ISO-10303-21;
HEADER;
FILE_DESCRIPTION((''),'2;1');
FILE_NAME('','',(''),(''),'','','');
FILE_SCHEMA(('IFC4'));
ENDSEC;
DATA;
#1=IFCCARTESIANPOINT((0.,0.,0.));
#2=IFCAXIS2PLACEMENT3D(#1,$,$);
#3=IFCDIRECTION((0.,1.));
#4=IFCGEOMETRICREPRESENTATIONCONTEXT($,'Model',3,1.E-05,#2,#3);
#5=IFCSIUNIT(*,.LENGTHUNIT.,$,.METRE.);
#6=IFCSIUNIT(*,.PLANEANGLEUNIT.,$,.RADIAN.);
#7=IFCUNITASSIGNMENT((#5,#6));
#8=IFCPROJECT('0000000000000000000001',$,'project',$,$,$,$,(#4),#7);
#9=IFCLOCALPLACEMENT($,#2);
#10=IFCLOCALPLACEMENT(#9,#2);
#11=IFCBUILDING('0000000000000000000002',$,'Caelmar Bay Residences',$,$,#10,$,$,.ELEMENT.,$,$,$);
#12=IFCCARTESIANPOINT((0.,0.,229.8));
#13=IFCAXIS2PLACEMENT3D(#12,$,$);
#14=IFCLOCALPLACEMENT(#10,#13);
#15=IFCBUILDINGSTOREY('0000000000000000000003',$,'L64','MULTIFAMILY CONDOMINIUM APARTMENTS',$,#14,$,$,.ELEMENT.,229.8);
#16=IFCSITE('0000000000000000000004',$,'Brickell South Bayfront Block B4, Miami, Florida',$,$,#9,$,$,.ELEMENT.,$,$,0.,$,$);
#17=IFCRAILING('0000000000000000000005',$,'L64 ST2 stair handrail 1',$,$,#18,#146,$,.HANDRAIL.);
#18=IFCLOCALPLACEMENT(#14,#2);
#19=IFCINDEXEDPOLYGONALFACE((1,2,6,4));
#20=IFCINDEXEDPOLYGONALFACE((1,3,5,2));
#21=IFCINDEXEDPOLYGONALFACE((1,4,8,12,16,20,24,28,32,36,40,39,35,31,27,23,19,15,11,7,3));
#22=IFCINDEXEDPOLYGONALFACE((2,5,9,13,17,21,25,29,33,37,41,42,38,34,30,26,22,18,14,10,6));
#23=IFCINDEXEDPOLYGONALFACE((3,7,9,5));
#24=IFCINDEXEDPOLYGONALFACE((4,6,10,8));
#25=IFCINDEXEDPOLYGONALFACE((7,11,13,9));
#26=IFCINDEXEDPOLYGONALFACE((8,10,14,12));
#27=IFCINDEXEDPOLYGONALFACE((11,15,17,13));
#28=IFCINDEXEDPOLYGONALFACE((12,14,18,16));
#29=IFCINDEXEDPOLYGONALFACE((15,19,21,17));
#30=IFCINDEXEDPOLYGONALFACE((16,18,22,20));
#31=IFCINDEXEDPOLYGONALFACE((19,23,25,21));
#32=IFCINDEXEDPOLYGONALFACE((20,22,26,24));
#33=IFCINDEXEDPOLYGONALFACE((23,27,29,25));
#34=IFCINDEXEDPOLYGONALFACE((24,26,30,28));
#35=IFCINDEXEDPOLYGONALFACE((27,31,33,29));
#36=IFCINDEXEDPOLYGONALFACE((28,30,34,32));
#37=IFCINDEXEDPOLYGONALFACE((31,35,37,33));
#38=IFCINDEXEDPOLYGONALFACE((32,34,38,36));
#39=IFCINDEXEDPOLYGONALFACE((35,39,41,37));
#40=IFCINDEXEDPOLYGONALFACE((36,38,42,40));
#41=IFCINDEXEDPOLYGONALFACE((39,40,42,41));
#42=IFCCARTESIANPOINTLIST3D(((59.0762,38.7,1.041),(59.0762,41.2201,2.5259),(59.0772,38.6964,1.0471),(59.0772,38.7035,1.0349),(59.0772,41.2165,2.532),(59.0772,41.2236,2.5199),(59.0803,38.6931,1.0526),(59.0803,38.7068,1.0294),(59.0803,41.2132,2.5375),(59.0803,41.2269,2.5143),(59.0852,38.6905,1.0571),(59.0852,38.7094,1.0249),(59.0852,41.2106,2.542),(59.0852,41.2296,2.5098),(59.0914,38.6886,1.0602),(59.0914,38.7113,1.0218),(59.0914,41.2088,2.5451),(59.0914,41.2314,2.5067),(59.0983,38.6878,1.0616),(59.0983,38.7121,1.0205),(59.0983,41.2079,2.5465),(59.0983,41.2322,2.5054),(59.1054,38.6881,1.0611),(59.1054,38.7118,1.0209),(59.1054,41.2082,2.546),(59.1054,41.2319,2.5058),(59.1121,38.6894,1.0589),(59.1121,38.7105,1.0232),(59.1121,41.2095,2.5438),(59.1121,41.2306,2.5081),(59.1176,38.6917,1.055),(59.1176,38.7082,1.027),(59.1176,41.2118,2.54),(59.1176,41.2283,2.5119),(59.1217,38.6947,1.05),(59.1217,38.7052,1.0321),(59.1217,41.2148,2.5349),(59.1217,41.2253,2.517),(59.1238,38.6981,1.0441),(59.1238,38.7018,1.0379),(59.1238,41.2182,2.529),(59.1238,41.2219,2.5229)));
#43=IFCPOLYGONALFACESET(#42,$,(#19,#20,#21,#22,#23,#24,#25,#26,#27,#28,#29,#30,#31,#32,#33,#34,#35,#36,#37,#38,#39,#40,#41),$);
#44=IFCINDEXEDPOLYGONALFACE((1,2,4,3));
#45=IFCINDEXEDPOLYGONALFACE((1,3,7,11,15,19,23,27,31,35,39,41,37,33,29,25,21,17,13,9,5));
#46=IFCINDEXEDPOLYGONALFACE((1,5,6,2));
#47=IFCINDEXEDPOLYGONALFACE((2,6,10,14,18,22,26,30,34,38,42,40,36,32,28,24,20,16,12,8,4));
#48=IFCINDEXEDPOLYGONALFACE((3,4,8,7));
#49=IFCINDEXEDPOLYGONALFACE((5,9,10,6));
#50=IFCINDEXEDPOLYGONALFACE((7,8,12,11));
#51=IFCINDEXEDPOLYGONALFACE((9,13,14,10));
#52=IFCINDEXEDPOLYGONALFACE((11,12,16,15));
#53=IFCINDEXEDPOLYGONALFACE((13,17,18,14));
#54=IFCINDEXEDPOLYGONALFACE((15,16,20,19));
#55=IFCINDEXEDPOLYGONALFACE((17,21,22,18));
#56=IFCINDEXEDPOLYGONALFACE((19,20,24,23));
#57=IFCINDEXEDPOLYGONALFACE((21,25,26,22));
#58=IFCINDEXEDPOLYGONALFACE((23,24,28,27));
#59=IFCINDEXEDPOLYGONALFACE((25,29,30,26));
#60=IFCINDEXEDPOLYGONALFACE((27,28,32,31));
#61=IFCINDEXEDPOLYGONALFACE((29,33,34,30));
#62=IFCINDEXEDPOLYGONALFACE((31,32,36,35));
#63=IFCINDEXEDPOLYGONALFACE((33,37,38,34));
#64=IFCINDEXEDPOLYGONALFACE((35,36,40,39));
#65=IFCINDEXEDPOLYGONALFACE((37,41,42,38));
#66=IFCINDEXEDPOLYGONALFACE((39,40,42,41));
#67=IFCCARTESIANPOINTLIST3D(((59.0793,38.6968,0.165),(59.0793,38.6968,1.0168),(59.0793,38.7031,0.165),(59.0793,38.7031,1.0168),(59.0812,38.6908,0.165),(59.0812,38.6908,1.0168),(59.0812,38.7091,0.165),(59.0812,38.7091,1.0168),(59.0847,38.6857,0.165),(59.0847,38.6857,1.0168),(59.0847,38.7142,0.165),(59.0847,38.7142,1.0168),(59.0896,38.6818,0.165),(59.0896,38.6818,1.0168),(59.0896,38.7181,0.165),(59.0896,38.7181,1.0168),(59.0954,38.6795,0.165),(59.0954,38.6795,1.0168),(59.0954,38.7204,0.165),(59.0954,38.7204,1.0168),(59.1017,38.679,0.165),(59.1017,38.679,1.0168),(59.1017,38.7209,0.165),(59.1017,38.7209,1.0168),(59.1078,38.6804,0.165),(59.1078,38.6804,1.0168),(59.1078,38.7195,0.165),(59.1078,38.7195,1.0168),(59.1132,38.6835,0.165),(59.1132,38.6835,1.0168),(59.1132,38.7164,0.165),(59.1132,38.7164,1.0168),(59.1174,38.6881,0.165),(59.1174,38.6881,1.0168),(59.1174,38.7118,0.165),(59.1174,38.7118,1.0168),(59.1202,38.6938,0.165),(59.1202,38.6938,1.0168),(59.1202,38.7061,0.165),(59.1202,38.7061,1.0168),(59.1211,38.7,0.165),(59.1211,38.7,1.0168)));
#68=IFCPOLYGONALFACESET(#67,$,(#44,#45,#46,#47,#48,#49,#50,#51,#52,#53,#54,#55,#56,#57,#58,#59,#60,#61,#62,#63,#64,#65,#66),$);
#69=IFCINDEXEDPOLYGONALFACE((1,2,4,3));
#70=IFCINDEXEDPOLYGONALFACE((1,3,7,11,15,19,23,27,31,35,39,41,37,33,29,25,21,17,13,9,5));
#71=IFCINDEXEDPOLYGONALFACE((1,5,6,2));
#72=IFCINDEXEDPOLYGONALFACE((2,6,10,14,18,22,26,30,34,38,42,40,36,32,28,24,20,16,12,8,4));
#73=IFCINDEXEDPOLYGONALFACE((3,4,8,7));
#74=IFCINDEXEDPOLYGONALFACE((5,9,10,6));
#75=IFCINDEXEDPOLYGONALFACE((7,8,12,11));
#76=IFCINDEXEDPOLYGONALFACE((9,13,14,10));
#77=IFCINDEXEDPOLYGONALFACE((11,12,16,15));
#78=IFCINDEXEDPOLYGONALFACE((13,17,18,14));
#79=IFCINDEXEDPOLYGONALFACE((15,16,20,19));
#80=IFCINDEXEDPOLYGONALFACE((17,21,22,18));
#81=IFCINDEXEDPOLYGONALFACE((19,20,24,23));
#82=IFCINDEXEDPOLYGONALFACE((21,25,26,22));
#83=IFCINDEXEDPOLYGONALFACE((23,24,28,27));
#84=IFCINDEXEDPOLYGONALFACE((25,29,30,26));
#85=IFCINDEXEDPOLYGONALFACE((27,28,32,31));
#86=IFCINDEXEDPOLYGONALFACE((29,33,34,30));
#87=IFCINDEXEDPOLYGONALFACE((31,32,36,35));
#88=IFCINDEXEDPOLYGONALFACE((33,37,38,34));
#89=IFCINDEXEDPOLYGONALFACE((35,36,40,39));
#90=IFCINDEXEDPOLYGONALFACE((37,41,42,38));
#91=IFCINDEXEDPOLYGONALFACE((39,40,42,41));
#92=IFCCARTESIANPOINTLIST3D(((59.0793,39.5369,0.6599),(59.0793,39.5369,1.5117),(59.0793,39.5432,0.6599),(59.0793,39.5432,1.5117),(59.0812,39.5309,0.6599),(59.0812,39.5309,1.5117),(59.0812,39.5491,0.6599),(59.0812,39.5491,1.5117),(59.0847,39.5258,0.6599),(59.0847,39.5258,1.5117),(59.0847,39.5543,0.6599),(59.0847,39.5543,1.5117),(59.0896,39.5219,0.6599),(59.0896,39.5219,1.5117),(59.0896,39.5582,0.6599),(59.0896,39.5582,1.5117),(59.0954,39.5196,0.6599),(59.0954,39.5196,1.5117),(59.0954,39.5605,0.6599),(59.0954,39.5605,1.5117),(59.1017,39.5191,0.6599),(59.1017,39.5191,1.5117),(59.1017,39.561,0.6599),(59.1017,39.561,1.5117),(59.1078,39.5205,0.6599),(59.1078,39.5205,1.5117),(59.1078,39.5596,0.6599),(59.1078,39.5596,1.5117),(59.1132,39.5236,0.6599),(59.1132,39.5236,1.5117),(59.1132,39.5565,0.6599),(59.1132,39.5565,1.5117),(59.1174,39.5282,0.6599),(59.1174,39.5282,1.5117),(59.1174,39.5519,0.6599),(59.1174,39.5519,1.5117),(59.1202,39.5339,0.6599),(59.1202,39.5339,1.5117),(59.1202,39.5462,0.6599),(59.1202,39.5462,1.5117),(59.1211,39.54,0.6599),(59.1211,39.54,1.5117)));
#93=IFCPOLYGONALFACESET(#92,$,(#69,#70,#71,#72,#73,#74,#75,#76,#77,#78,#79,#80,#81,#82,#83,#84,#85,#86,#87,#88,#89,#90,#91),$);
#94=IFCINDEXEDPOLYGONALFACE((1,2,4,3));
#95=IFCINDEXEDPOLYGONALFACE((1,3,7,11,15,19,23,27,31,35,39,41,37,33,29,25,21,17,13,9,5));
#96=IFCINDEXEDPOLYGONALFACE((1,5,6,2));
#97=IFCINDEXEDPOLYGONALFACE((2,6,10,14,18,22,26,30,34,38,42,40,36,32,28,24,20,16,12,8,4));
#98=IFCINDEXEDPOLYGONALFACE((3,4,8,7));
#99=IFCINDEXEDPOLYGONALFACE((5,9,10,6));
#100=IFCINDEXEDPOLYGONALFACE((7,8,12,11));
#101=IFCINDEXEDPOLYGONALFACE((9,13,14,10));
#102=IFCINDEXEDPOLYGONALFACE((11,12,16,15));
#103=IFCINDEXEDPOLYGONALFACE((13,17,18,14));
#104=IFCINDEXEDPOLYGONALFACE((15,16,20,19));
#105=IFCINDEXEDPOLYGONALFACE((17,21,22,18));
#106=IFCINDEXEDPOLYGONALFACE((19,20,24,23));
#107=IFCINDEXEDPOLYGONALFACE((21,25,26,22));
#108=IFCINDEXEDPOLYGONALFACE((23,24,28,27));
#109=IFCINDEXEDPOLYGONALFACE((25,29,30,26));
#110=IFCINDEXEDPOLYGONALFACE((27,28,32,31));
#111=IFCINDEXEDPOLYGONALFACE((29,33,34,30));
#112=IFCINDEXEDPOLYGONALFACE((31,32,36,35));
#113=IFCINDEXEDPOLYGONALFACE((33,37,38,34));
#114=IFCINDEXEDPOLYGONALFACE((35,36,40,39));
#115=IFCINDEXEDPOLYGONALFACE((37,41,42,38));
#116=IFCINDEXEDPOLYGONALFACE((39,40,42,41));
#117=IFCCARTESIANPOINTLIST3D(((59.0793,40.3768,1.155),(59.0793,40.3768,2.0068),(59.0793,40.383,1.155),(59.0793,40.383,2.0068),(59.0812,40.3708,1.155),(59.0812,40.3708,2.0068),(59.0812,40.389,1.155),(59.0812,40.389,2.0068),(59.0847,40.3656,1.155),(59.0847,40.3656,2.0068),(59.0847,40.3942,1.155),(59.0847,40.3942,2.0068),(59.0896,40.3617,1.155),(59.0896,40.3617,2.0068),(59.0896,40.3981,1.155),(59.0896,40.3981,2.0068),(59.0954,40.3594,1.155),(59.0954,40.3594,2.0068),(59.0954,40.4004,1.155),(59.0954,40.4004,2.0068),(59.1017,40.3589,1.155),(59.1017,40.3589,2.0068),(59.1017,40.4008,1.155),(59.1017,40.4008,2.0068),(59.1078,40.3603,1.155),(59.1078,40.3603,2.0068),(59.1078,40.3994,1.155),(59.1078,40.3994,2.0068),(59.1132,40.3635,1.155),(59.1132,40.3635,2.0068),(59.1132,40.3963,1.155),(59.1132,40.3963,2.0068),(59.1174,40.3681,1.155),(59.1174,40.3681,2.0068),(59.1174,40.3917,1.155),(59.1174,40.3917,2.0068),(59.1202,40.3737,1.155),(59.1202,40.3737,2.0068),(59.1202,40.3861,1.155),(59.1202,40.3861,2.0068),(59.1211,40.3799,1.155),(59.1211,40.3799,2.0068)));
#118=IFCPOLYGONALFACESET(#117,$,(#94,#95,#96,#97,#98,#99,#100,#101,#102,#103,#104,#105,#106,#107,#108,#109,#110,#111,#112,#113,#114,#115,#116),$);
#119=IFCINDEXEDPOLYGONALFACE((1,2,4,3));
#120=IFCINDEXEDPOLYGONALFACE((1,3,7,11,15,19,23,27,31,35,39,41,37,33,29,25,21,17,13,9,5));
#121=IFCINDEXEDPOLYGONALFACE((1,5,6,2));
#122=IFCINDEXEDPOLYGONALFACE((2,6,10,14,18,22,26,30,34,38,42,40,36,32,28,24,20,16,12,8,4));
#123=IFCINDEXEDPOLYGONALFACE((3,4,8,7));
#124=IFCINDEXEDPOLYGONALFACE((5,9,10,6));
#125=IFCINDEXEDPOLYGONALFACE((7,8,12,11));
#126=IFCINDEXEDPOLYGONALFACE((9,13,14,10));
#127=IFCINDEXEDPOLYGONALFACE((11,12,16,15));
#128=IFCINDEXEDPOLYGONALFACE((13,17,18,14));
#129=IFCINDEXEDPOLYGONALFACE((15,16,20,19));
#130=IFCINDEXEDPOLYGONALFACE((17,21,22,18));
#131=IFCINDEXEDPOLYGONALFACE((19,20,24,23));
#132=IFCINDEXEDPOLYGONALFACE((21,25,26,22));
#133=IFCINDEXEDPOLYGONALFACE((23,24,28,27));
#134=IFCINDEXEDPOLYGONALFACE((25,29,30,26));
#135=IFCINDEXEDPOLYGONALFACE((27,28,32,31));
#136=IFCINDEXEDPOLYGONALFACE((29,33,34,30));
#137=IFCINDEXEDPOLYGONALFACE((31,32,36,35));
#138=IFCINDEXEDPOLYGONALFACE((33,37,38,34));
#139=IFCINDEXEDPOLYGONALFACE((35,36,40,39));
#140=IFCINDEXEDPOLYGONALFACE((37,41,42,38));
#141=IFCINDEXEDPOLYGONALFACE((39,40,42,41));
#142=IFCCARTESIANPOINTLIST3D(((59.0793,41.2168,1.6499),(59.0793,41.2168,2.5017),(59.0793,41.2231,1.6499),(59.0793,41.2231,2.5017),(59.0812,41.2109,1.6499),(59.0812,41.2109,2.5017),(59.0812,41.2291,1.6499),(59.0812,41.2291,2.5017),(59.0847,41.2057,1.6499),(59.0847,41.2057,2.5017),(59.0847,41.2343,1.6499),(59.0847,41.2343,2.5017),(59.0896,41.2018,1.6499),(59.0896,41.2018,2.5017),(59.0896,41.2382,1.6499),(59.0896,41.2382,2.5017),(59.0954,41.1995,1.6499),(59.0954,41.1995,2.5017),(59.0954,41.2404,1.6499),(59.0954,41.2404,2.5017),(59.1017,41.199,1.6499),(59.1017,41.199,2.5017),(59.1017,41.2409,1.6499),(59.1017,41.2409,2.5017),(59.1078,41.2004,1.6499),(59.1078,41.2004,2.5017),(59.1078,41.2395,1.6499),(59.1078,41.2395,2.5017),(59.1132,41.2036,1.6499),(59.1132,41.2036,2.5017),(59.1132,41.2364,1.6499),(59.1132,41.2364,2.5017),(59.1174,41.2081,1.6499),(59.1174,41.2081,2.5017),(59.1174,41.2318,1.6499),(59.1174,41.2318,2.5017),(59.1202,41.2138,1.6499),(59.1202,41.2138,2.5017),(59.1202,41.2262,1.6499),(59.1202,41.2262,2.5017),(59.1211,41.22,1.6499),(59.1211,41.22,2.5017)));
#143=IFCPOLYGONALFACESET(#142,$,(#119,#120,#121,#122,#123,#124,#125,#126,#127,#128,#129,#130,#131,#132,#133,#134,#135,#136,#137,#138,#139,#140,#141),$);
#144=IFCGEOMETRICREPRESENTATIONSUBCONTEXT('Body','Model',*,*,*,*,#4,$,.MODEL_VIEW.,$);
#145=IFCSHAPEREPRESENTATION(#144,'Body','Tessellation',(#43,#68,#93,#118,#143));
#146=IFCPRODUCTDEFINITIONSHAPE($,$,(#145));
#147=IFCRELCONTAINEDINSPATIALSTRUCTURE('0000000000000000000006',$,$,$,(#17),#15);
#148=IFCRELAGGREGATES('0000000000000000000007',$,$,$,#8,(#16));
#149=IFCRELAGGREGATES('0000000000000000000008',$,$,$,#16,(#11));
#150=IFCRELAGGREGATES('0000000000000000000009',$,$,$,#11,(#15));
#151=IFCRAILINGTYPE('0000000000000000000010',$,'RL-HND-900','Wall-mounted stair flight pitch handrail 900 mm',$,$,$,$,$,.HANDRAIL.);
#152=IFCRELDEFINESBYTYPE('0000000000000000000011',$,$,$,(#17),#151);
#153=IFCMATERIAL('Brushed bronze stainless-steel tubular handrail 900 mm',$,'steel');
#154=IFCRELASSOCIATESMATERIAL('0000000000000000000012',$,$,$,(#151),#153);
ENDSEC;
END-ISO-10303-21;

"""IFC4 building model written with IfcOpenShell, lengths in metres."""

from ifc_helpers import new_model, si_unit, direction, frame, origin, origin_2d, place, context, subcontext, project, spatial, circle, extrude, material, type_object, element, save


model = new_model("IFC4")

# Units and contexts
model_context = context("Model", 3, precision=1e-05, world=origin(), true_north=direction((0.0, 1.0)))
body_context = subcontext(model_context, "Body", "Model", "MODEL_VIEW")
ifc_project = project(units=[si_unit("LENGTHUNIT", "METRE"), si_unit("PLANEANGLEUNIT", "RADIAN")], contexts=[model_context])

# Site, building, storey
site_placement = place(None, origin())
site = spatial("IfcSite", under=ifc_project, at=site_placement, Name="Brickell South Bayfront Block B4, Miami, Florida", CompositionType="ELEMENT", RefElevation=0.0)
building_placement = place(site_placement, origin())
building = spatial("IfcBuilding", under=site, at=building_placement, Name="Caelmar Bay Residences", CompositionType="ELEMENT")
storey_placement = place(building_placement, frame((0.0, 0.0, 229.8)))
storey = spatial("IfcBuildingStorey", under=building, at=storey_placement, Name="L64", Description="MULTIFAMILY CONDOMINIUM APARTMENTS", CompositionType="ELEMENT", Elevation=229.8)

# Railing
ifc_material_1 = material(Name="Brushed bronze stainless-steel tubular handrail 900 mm", Category="steel")
railing_type_1 = type_object("IfcRailingType", Name="RL-HND-900", Description="Wall-mounted stair flight pitch handrail 900 mm", PredefinedType="HANDRAIL", material=ifc_material_1)
railing_1_placement = place(storey_placement, frame((59.1001, 38.7, 0.165)))
element("IfcRailing", 1, at=railing_1_placement, inside=storey, type_object=railing_type_1, Name="L64 ST2 stair handrail 1", PredefinedType="HANDRAIL", context=body_context, shape_type="SweptSolid", body=[
    extrude(circle(Radius=0.0239, at=origin_2d()), frame((0.0, 0.0, 0.876), z_axis=(0.0, 0.861561, 0.507655), x_axis=(-1.0, 0.0, 0.0)), (0.0, 0.0, 1.0), 2.925),
    extrude(circle(Radius=0.021, at=origin_2d()), origin(), (0.0, 0.0, 1.0), 0.8518),
    extrude(circle(Radius=0.021, at=origin_2d()), frame((0.0, 0.8401, 0.4949)), (0.0, 0.0, 1.0), 0.8518),
    extrude(circle(Radius=0.021, at=origin_2d()), frame((0.0, 1.6799, 0.99)), (0.0, 0.0, 1.0), 0.8518),
    extrude(circle(Radius=0.021, at=origin_2d()), frame((0.0, 2.52, 1.4849)), (0.0, 0.0, 1.0), 0.8518),
])

save(model, "model.ifc")
